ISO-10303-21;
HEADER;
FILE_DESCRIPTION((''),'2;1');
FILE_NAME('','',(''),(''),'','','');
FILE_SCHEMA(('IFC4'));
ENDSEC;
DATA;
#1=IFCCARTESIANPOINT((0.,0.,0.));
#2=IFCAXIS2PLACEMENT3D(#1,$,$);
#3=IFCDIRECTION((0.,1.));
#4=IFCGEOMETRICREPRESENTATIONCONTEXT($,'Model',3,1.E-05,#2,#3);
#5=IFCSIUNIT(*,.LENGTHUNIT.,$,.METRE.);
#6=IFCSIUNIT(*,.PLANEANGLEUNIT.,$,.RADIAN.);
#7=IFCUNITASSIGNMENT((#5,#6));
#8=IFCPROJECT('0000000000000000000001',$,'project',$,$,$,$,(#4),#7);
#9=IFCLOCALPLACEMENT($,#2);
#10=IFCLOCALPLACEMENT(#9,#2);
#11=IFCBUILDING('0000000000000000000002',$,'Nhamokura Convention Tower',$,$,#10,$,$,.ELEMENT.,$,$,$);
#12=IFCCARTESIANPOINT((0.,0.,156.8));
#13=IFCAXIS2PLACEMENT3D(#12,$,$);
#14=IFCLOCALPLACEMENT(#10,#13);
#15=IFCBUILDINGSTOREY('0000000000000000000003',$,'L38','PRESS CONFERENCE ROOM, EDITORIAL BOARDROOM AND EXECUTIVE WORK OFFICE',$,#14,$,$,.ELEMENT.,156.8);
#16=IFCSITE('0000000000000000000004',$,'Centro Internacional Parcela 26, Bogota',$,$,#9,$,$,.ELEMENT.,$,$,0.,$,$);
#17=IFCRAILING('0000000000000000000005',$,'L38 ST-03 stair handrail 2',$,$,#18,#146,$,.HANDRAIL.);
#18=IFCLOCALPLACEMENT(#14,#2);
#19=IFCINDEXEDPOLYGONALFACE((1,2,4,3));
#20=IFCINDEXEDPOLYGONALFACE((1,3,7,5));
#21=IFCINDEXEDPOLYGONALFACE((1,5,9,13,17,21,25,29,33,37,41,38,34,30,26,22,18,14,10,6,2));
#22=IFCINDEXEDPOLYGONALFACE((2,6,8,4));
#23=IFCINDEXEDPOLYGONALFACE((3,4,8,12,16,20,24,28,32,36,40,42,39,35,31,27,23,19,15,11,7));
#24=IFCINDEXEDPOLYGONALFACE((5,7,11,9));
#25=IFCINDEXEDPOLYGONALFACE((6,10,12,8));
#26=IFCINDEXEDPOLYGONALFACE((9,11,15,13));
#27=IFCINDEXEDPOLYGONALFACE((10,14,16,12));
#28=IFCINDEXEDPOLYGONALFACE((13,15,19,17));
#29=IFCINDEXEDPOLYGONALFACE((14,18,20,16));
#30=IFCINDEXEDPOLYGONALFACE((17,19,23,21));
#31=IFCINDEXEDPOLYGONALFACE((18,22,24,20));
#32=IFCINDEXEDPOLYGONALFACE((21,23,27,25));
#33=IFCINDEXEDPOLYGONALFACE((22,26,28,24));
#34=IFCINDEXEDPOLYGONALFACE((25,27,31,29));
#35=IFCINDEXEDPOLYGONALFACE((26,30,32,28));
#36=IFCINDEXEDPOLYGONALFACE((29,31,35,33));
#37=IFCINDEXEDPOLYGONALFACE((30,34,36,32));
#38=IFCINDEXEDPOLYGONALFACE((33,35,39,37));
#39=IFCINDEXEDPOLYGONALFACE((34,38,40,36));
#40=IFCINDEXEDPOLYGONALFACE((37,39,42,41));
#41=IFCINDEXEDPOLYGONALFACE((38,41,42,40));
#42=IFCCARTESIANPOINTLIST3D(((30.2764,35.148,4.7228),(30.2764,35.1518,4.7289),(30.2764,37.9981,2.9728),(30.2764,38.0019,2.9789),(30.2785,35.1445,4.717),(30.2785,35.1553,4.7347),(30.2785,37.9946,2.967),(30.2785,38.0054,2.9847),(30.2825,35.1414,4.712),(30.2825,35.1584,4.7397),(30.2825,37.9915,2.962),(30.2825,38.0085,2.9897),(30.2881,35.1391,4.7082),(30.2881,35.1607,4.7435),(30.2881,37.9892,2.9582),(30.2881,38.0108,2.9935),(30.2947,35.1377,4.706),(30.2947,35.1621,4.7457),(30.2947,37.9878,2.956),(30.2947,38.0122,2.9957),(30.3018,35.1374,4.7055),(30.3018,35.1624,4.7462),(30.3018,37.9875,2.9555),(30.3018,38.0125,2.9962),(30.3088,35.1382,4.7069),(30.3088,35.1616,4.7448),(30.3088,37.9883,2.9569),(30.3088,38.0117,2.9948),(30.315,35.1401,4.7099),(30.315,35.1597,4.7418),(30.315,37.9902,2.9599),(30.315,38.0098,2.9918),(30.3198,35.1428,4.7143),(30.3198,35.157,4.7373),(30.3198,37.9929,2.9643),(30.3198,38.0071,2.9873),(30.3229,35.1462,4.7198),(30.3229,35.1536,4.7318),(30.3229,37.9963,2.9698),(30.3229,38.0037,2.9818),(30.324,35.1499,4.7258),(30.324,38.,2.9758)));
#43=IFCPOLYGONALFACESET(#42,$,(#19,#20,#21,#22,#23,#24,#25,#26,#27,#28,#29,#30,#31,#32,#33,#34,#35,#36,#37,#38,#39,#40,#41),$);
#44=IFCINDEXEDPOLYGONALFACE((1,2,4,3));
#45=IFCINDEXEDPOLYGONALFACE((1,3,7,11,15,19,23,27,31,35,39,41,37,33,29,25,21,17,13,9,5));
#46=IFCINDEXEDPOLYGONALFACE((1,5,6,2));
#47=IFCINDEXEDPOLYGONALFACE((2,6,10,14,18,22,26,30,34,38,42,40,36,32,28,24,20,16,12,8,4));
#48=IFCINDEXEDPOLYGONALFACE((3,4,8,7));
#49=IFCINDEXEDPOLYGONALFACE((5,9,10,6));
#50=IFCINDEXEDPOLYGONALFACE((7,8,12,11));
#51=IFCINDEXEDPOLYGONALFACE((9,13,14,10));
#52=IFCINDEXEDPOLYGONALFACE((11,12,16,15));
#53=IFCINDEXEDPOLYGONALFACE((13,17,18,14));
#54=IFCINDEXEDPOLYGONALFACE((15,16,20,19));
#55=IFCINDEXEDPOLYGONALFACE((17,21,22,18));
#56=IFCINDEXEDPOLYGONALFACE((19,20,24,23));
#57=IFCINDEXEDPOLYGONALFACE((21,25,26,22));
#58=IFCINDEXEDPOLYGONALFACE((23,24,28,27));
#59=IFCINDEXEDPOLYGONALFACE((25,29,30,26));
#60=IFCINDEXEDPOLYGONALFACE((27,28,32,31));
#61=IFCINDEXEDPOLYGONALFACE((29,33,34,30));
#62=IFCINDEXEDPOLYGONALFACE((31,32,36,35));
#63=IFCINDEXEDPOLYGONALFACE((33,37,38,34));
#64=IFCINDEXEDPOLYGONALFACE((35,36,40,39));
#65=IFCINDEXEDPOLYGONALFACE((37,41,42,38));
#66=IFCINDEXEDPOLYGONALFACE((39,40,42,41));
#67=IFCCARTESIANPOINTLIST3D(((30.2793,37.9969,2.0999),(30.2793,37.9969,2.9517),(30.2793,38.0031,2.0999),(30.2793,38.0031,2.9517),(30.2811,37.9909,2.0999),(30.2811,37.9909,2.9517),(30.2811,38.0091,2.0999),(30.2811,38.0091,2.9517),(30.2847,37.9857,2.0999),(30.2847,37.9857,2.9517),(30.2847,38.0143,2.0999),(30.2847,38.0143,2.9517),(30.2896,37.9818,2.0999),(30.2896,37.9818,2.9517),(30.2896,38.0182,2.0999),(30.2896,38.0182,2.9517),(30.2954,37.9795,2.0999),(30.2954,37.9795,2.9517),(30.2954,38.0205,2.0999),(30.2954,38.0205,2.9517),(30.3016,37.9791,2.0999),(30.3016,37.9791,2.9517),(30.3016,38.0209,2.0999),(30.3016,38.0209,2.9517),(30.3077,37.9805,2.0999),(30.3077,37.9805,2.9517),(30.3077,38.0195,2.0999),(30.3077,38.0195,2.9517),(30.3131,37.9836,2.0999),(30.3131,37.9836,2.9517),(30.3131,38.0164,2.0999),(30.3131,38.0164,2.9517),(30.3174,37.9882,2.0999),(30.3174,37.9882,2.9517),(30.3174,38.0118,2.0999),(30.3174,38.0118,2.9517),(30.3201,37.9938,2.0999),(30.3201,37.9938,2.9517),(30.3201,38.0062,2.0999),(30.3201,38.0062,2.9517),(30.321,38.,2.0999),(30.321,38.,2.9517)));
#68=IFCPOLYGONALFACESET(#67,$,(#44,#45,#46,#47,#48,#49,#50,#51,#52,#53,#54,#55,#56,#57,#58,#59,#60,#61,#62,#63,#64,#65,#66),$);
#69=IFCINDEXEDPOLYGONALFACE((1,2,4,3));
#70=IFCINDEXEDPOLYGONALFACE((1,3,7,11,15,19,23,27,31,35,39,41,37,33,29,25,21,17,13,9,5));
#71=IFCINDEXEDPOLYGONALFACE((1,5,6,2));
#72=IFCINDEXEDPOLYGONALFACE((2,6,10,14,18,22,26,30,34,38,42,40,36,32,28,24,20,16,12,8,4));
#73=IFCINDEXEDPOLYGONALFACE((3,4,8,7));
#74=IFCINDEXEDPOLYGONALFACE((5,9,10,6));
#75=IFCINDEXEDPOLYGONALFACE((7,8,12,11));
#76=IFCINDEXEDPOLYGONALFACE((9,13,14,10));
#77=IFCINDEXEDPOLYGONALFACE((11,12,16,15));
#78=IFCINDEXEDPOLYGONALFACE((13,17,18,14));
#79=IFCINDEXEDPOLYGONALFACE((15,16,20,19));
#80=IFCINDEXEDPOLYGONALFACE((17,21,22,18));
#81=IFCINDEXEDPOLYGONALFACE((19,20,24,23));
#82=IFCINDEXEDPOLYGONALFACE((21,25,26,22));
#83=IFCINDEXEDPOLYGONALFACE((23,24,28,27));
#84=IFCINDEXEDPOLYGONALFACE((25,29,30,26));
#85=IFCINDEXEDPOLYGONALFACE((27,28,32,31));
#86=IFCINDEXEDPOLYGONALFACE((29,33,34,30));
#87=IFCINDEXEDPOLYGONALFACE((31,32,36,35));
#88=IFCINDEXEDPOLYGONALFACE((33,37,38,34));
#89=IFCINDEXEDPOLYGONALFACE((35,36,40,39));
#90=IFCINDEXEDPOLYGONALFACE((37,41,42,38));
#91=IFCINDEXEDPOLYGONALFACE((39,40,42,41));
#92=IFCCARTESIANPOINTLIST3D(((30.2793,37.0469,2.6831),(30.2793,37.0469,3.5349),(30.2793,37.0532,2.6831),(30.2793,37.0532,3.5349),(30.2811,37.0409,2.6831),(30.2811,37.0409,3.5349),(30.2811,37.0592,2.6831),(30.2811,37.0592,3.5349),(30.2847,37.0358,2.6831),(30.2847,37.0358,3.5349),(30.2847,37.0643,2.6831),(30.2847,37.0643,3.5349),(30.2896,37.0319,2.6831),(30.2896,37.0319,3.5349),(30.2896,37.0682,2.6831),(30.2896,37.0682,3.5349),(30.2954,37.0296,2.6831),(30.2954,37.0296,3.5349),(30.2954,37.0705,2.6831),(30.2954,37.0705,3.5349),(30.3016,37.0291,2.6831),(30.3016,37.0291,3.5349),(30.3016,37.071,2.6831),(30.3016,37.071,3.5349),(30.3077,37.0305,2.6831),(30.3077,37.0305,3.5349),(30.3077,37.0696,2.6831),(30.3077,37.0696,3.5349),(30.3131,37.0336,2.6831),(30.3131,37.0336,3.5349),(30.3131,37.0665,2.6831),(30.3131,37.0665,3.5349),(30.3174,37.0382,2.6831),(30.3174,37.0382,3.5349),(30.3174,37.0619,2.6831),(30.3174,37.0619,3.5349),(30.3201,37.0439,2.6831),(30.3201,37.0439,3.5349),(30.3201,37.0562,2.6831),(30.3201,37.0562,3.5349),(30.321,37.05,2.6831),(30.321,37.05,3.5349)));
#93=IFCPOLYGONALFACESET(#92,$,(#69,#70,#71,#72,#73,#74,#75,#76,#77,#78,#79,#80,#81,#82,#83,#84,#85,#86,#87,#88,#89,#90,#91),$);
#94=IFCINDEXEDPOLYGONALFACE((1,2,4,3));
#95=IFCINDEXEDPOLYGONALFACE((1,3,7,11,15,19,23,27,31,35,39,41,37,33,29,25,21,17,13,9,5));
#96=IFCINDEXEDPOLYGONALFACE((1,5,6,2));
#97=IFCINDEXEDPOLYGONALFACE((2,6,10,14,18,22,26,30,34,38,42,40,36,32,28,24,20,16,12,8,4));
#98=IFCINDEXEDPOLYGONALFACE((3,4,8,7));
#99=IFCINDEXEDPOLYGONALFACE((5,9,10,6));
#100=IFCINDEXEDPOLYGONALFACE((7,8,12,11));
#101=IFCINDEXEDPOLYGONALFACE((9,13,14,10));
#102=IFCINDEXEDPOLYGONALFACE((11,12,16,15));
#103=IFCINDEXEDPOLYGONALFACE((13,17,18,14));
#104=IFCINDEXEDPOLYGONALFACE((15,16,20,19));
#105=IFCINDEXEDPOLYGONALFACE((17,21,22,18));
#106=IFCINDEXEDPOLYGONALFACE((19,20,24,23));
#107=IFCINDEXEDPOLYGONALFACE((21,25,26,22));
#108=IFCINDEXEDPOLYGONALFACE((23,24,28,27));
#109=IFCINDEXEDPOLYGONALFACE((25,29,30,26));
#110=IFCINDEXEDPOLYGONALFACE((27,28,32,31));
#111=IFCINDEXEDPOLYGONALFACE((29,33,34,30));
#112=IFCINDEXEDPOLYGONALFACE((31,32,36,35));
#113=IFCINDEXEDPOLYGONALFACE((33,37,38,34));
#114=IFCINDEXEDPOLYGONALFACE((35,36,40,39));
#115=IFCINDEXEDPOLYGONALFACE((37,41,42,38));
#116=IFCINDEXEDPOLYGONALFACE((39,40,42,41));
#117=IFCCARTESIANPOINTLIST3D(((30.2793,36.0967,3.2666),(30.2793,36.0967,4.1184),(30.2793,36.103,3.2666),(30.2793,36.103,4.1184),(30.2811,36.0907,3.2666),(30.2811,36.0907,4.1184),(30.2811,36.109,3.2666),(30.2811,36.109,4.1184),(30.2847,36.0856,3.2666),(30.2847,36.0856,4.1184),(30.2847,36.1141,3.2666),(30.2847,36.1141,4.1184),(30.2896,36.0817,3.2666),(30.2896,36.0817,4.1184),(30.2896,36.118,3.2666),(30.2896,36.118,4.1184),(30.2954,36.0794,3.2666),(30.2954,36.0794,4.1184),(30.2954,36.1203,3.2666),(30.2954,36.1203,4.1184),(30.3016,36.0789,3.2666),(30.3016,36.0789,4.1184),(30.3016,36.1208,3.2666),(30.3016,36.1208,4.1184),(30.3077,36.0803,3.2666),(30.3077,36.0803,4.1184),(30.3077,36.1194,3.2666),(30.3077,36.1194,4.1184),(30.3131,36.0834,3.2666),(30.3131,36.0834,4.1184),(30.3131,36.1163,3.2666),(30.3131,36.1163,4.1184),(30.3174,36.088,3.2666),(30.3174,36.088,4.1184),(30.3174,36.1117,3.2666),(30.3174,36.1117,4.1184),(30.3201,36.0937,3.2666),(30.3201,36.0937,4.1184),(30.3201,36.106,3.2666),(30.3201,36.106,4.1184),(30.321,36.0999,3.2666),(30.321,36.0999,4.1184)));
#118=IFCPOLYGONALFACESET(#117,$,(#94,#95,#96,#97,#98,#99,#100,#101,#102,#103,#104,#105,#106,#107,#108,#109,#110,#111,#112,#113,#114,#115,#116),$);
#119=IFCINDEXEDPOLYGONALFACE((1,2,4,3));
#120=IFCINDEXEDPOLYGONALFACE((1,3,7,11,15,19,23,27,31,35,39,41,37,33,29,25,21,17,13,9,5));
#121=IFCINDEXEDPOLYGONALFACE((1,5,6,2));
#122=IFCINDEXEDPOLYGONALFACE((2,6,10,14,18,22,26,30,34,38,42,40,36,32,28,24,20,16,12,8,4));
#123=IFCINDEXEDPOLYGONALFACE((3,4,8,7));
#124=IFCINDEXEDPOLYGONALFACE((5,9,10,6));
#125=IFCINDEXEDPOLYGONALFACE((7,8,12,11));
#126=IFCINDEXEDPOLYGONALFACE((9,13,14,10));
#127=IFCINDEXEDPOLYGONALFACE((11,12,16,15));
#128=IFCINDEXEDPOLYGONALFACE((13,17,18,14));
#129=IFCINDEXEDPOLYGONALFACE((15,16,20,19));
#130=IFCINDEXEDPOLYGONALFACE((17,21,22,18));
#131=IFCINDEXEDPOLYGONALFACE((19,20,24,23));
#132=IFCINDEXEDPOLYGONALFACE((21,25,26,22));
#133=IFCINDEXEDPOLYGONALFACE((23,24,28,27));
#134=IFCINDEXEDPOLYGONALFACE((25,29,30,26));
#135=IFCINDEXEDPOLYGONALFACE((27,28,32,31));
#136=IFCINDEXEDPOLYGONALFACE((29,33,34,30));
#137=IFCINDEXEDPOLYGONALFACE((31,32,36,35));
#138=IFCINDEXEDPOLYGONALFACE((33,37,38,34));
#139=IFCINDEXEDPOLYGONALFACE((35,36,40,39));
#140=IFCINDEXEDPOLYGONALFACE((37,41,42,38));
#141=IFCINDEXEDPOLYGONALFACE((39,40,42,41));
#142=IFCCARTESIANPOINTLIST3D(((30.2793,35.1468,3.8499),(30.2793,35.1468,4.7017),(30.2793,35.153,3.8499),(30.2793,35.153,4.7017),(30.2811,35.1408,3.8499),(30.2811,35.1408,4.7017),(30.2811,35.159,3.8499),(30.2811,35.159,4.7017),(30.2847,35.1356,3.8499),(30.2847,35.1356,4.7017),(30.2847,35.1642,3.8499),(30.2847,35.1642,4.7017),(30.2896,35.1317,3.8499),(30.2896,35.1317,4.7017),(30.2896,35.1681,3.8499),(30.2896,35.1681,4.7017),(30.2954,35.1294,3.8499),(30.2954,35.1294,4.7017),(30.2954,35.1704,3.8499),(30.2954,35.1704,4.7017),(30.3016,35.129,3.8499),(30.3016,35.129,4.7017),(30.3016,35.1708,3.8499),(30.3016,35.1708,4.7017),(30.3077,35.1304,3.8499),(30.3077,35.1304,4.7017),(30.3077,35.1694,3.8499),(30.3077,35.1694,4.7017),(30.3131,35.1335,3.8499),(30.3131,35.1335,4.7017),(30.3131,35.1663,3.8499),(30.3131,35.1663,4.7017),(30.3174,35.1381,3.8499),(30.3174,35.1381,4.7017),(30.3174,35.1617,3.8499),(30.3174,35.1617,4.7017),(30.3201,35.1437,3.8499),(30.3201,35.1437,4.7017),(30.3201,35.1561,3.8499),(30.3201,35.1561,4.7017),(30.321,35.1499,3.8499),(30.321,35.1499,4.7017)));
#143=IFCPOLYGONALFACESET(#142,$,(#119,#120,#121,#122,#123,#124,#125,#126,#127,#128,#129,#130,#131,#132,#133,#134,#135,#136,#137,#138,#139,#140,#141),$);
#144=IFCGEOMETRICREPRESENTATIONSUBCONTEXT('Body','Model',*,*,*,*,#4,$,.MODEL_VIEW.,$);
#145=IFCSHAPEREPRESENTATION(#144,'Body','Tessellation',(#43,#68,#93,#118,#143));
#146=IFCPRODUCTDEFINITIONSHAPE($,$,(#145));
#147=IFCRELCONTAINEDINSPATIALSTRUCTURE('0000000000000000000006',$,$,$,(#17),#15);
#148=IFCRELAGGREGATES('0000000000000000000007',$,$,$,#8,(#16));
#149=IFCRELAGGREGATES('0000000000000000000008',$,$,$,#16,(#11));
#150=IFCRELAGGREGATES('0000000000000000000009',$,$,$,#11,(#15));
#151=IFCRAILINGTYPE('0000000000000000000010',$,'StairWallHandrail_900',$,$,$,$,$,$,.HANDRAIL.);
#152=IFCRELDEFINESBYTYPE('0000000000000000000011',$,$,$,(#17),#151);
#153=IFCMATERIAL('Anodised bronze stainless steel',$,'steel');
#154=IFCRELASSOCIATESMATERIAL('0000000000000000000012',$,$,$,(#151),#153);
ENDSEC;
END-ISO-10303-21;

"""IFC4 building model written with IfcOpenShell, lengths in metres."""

from ifc_helpers import new_model, si_unit, direction, frame, origin, origin_2d, place, context, subcontext, project, spatial, circle, extrude, material, type_object, element, save


model = new_model("IFC4")

# Units and contexts
model_context = context("Model", 3, precision=1e-05, world=origin(), true_north=direction((0.0, 1.0)))
body_context = subcontext(model_context, "Body", "Model", "MODEL_VIEW")
ifc_project = project(units=[si_unit("LENGTHUNIT", "METRE"), si_unit("PLANEANGLEUNIT", "RADIAN")], contexts=[model_context])

# Site, building, storey
site_placement = place(None, origin())
site = spatial("IfcSite", under=ifc_project, at=site_placement, Name="Centro Internacional Parcela 26, Bogota", CompositionType="ELEMENT", RefElevation=0.0)
building_placement = place(site_placement, origin())
building = spatial("IfcBuilding", under=site, at=building_placement, Name="Nhamokura Convention Tower", CompositionType="ELEMENT")
storey_placement = place(building_placement, frame((0.0, 0.0, 156.8)))
storey = spatial("IfcBuildingStorey", under=building, at=storey_placement, Name="L38", Description="PRESS CONFERENCE ROOM, EDITORIAL BOARDROOM AND EXECUTIVE WORK OFFICE", CompositionType="ELEMENT", Elevation=156.8)

# Railing
ifc_material_1 = material(Name="Anodised bronze stainless steel", Category="steel")
railing_type_1 = type_object("IfcRailingType", Name="StairWallHandrail_900", PredefinedType="HANDRAIL", material=ifc_material_1)
railing_1_placement = place(storey_placement, frame((30.3, 38.0, 2.0999)))
element("IfcRailing", 1, at=railing_1_placement, inside=storey, type_object=railing_type_1, Name="L38 ST-03 stair handrail 2", PredefinedType="HANDRAIL", context=body_context, shape_type="SweptSolid", body=[
    extrude(circle(Radius=0.0239, at=origin_2d()), frame((0.0, 0.0, 0.876), z_axis=(0.0, -0.852179, 0.52325), x_axis=(1.0, 0.0, 0.0)), (0.0, 0.0, 1.0), 3.3445),
    extrude(circle(Radius=0.021, at=origin_2d()), origin(), (0.0, 0.0, 1.0), 0.8518),
    extrude(circle(Radius=0.021, at=origin_2d()), frame((0.0, -0.95, 0.5833)), (0.0, 0.0, 1.0), 0.8518),
    extrude(circle(Radius=0.021, at=origin_2d()), frame((0.0, -1.9001, 1.1667)), (0.0, 0.0, 1.0), 0.8518),
    extrude(circle(Radius=0.021, at=origin_2d()), frame((0.0, -2.8501, 1.75)), (0.0, 0.0, 1.0), 0.8518),
])

save(model, "model.ifc")
